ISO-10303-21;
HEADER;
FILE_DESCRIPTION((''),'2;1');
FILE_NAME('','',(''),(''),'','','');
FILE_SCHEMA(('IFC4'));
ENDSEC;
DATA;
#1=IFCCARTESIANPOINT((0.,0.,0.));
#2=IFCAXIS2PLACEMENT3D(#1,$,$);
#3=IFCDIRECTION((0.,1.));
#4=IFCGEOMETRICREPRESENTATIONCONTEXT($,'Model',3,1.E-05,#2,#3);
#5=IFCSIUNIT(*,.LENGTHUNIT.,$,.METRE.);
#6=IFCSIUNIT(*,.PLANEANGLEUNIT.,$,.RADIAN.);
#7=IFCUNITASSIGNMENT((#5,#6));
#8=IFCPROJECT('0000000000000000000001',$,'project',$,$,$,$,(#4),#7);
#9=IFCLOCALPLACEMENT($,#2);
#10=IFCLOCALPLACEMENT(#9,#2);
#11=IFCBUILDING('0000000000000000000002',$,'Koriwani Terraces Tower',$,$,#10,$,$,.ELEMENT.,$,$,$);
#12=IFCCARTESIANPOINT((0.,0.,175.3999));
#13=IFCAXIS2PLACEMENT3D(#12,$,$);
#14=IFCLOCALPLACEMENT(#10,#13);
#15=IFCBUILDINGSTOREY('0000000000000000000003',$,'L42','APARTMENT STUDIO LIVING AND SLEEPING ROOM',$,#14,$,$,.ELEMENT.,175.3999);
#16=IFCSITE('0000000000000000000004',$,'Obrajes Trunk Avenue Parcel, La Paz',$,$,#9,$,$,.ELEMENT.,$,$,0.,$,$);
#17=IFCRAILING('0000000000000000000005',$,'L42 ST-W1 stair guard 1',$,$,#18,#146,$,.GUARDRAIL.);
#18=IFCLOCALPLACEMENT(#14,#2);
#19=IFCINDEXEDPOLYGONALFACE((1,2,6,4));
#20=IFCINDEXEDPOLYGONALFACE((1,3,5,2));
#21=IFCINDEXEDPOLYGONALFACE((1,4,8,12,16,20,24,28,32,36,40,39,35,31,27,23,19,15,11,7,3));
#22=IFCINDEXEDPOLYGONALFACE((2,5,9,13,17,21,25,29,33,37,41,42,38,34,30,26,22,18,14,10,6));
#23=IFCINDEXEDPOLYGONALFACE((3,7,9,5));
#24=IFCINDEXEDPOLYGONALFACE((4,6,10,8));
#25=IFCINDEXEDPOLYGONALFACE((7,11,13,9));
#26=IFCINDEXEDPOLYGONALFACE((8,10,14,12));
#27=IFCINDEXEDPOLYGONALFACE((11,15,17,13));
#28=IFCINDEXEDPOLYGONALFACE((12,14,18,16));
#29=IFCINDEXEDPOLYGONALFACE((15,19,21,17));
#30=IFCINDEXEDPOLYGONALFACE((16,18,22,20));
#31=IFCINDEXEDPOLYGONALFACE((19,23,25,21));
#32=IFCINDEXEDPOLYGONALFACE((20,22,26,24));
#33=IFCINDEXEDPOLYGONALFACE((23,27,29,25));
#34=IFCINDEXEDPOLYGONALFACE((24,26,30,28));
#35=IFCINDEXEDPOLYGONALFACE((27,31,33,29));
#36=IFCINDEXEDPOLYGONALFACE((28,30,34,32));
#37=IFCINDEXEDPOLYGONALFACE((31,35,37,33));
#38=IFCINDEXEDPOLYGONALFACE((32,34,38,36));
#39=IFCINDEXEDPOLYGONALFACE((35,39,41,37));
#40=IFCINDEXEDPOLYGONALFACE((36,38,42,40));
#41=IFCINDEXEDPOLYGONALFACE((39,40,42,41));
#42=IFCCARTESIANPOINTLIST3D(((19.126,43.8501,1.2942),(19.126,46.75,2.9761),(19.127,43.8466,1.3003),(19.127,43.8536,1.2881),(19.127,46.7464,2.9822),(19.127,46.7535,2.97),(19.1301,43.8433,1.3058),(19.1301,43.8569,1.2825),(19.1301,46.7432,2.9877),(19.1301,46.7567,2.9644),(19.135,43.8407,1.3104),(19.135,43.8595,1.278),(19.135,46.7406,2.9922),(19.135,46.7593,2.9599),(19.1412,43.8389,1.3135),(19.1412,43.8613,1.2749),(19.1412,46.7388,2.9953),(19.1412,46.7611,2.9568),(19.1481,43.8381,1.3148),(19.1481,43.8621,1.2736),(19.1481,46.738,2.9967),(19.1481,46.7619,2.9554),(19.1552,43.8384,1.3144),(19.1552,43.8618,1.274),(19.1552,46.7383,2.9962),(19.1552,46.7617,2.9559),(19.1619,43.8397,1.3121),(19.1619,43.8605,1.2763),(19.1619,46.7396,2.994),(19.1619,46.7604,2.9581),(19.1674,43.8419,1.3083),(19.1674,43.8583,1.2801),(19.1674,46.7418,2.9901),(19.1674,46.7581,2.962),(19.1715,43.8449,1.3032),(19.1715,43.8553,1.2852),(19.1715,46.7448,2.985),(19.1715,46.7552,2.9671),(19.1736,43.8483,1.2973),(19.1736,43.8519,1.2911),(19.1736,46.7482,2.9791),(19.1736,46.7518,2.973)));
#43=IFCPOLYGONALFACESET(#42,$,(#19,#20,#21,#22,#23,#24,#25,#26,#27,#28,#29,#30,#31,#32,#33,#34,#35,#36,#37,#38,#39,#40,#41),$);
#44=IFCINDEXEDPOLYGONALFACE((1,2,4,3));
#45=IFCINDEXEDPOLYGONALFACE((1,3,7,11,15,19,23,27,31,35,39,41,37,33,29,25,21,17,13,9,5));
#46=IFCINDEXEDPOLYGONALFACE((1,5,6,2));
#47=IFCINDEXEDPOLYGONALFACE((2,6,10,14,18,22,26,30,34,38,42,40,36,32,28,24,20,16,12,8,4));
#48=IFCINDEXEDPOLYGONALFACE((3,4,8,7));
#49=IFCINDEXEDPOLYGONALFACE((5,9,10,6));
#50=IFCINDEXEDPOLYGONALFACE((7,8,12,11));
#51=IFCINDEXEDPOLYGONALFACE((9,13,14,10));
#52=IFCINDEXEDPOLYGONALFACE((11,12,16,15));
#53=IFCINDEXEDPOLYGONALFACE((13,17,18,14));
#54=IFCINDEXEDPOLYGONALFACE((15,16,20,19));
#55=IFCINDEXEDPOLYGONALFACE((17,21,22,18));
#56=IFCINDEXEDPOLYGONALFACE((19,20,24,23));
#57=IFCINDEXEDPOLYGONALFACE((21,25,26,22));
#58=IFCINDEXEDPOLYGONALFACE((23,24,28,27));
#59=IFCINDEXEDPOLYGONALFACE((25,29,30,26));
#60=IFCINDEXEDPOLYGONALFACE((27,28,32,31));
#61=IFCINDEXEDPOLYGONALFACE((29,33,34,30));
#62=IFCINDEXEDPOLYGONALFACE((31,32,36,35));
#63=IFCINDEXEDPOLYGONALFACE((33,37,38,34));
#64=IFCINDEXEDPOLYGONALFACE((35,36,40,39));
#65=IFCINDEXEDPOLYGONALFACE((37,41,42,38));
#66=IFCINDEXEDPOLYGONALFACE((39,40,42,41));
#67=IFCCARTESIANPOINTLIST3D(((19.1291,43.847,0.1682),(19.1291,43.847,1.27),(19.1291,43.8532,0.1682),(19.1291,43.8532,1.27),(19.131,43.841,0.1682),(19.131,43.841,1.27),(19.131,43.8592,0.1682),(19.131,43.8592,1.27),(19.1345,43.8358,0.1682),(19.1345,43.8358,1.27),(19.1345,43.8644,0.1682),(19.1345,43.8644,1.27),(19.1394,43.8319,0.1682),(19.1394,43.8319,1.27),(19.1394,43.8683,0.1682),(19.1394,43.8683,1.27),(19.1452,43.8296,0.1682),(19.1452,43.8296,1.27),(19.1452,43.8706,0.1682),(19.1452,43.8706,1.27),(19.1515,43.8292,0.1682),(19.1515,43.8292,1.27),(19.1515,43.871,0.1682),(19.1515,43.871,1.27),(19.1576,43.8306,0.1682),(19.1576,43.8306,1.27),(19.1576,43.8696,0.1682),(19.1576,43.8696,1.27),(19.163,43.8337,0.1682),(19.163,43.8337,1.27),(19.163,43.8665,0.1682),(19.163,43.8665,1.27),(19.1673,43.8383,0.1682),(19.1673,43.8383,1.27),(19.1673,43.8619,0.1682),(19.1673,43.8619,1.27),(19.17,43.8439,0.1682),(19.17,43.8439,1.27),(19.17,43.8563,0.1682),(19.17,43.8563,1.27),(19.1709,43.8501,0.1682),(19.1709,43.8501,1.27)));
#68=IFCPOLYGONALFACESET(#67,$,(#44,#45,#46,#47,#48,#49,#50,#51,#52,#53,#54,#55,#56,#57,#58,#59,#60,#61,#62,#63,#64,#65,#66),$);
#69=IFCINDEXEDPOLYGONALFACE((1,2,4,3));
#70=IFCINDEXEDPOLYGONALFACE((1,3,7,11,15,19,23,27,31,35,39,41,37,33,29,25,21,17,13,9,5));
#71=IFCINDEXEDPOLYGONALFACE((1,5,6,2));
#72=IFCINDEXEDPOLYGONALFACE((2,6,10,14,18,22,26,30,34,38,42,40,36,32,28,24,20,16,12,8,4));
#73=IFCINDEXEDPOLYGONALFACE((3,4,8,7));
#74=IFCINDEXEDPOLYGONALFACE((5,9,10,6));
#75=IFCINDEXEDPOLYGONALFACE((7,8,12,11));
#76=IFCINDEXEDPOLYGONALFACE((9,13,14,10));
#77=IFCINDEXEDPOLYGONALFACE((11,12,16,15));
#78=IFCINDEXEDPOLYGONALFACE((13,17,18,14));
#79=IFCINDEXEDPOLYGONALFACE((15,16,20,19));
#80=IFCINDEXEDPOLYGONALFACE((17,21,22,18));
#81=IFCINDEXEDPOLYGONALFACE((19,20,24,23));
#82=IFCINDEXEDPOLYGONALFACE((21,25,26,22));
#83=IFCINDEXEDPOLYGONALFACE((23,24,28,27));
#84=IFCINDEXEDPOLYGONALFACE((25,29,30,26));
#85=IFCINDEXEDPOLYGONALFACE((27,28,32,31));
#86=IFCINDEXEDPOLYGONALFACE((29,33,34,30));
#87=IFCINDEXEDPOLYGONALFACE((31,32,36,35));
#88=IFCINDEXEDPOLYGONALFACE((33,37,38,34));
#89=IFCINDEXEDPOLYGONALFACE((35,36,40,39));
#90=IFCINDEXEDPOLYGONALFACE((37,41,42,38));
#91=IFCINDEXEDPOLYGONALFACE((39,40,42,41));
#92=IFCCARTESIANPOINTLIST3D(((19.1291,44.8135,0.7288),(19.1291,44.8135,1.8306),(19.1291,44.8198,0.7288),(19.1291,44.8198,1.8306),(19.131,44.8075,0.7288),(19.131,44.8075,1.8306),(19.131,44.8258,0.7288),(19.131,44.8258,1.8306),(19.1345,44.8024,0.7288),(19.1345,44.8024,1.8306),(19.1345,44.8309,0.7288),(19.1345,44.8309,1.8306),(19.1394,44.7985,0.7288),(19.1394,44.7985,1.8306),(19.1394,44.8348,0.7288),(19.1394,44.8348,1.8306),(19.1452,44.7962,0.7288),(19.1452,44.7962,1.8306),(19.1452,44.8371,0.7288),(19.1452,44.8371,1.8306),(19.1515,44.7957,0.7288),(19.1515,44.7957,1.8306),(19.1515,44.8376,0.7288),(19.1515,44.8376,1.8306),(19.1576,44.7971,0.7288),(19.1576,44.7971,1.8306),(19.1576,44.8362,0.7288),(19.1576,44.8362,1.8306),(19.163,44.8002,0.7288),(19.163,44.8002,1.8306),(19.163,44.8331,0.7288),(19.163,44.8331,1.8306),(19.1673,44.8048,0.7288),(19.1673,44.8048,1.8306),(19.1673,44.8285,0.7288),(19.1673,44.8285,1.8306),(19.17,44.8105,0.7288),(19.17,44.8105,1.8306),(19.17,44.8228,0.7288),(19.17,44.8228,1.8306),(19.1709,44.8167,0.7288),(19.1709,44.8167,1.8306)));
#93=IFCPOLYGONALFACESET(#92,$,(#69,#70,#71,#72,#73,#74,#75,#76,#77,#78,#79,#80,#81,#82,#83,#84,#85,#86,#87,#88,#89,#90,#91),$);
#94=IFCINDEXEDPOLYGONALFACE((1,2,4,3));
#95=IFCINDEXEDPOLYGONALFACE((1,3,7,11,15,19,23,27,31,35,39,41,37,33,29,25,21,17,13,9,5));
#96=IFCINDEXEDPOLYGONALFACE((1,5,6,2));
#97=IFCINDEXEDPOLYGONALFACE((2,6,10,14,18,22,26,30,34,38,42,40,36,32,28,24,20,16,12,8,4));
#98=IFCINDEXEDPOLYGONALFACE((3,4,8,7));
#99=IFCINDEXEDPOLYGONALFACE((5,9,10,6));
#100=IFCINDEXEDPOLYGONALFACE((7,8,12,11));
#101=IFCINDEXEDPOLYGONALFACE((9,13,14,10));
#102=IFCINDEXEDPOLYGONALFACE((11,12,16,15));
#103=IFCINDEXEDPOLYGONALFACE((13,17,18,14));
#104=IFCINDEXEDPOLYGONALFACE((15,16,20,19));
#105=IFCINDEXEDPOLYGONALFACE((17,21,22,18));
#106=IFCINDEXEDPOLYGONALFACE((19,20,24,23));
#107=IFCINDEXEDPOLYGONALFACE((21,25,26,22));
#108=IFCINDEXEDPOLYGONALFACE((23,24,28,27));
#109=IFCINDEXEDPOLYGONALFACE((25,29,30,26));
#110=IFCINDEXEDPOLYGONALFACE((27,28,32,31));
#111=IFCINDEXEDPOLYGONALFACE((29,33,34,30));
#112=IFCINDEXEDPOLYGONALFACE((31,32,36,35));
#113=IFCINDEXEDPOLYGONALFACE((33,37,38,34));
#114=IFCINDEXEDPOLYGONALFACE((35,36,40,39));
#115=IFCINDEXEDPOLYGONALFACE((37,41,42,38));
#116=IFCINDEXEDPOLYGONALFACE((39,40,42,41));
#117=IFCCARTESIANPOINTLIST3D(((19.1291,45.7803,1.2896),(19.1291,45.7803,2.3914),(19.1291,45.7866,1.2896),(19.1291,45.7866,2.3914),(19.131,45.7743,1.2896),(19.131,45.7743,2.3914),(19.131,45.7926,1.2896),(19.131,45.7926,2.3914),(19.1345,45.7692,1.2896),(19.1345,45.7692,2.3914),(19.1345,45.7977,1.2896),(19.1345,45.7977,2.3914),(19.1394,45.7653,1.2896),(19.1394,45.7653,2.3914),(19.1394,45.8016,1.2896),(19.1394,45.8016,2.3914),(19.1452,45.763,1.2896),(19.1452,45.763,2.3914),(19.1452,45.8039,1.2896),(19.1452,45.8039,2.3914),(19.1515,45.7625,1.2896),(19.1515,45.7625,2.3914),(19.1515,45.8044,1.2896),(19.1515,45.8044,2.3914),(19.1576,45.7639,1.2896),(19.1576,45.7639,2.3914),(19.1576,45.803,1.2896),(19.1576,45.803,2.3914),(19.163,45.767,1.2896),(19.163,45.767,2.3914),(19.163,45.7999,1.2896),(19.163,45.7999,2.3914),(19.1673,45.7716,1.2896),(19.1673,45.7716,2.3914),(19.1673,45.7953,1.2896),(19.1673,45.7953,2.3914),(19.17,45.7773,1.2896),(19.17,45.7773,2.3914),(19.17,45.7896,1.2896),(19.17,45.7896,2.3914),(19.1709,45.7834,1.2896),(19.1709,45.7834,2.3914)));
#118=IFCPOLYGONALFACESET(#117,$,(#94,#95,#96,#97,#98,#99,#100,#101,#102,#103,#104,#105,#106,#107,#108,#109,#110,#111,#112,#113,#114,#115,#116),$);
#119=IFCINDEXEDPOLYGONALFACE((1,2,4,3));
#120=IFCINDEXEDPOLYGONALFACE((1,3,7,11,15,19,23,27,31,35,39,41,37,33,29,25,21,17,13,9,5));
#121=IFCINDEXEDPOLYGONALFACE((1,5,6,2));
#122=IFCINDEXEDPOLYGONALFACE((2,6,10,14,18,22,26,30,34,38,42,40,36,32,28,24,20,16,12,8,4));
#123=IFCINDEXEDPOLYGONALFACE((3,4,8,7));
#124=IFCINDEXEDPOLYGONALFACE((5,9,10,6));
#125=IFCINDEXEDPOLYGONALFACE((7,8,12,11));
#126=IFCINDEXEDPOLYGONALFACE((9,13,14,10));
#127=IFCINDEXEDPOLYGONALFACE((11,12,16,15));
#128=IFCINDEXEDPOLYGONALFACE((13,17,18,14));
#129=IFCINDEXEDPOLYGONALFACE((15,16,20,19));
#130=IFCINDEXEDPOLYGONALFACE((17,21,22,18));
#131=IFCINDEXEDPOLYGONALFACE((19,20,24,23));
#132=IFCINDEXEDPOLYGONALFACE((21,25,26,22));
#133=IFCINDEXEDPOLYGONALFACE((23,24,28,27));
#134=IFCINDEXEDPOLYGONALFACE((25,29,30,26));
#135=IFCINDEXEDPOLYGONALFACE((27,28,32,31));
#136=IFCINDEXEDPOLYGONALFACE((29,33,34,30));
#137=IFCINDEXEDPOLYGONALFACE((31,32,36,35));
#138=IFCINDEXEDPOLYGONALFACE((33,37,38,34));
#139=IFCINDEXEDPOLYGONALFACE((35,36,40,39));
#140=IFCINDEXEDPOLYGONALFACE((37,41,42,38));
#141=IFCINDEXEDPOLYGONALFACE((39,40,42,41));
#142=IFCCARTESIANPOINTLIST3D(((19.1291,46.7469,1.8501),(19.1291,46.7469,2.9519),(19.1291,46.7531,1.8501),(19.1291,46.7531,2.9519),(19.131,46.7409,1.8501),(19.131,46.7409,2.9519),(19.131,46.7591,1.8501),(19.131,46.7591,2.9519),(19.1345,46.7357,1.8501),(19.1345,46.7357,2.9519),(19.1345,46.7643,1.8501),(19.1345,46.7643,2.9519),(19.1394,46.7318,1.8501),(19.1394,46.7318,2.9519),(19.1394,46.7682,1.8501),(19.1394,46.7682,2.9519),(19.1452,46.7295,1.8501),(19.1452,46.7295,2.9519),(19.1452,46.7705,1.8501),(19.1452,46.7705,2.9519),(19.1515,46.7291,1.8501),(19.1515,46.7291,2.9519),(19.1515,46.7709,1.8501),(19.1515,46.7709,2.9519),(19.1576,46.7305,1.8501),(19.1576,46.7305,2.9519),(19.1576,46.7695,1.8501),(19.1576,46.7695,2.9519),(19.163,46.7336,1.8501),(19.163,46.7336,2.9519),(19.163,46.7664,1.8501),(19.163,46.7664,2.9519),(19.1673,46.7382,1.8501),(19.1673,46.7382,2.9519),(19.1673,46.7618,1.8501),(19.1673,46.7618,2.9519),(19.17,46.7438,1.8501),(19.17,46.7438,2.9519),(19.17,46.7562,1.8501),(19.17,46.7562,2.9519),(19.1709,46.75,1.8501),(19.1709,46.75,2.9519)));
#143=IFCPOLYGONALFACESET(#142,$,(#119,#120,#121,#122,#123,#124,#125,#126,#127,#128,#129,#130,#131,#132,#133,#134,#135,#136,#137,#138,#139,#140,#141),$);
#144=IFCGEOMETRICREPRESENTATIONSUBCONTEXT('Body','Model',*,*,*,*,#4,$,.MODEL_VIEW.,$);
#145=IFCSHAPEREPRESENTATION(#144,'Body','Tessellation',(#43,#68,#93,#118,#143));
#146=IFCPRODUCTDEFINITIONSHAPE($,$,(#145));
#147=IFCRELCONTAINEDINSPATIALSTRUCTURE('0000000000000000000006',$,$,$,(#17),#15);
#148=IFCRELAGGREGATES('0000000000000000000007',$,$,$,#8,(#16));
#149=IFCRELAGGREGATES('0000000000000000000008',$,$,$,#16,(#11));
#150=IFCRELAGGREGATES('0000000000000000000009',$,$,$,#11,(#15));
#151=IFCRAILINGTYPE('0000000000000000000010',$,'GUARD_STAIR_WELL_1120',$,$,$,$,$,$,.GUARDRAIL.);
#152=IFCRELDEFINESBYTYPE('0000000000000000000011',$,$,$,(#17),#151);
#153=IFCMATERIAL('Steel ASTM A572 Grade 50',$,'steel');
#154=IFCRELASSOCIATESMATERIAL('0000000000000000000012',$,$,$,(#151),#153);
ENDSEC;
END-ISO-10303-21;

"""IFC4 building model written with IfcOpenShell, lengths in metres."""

from ifc_helpers import new_model, si_unit, direction, frame, origin, origin_2d, place, context, subcontext, project, spatial, circle, extrude, material, type_object, element, save


model = new_model("IFC4")

# Units and contexts
model_context = context("Model", 3, precision=1e-05, world=origin(), true_north=direction((0.0, 1.0)))
body_context = subcontext(model_context, "Body", "Model", "MODEL_VIEW")
ifc_project = project(units=[si_unit("LENGTHUNIT", "METRE"), si_unit("PLANEANGLEUNIT", "RADIAN")], contexts=[model_context])

# Site, building, storey
site_placement = place(None, origin())
site = spatial("IfcSite", under=ifc_project, at=site_placement, Name="Obrajes Trunk Avenue Parcel, La Paz", CompositionType="ELEMENT", RefElevation=0.0)
building_placement = place(site_placement, origin())
building = spatial("IfcBuilding", under=site, at=building_placement, Name="Koriwani Terraces Tower", CompositionType="ELEMENT")
storey_placement = place(building_placement, frame((0.0, 0.0, 175.3999)))
storey = spatial("IfcBuildingStorey", under=building, at=storey_placement, Name="L42", Description="APARTMENT STUDIO LIVING AND SLEEPING ROOM", CompositionType="ELEMENT", Elevation=175.3999)

# Shared definitions
ifc_material_1 = material(Name="Steel ASTM A572 Grade 50", Category="steel")

# Railing
railing_type_1 = type_object("IfcRailingType", Name="GUARD_STAIR_WELL_1120", PredefinedType="GUARDRAIL", material=ifc_material_1)
railing_1_placement = place(storey_placement, frame((19.1499, 43.8501, 0.1682)))
element("IfcRailing", 1, at=railing_1_placement, inside=storey, type_object=railing_type_1, Name="L42 ST-W1 stair guard 1", PredefinedType="GUARDRAIL", context=body_context, shape_type="SweptSolid", body=[
    extrude(circle(Radius=0.0239, at=origin_2d()), frame((0.0, 0.0, 1.126), z_axis=(0.0, 0.865039, 0.501705), x_axis=(-1.0, 0.0, 0.0)), (0.0, 0.0, 1.0), 3.3523),
    extrude(circle(Radius=0.021, at=origin_2d()), origin(), (0.0, 0.0, 1.0), 1.1018),
    extrude(circle(Radius=0.021, at=origin_2d()), frame((0.0, 0.9666, 0.5605)), (0.0, 0.0, 1.0), 1.1018),
    extrude(circle(Radius=0.021, at=origin_2d()), frame((0.0, 1.9333, 1.1213)), (0.0, 0.0, 1.0), 1.1018),
    extrude(circle(Radius=0.021, at=origin_2d()), frame((0.0, 2.8999, 1.6819)), (0.0, 0.0, 1.0), 1.1018),
])

save(model, "model.ifc")
